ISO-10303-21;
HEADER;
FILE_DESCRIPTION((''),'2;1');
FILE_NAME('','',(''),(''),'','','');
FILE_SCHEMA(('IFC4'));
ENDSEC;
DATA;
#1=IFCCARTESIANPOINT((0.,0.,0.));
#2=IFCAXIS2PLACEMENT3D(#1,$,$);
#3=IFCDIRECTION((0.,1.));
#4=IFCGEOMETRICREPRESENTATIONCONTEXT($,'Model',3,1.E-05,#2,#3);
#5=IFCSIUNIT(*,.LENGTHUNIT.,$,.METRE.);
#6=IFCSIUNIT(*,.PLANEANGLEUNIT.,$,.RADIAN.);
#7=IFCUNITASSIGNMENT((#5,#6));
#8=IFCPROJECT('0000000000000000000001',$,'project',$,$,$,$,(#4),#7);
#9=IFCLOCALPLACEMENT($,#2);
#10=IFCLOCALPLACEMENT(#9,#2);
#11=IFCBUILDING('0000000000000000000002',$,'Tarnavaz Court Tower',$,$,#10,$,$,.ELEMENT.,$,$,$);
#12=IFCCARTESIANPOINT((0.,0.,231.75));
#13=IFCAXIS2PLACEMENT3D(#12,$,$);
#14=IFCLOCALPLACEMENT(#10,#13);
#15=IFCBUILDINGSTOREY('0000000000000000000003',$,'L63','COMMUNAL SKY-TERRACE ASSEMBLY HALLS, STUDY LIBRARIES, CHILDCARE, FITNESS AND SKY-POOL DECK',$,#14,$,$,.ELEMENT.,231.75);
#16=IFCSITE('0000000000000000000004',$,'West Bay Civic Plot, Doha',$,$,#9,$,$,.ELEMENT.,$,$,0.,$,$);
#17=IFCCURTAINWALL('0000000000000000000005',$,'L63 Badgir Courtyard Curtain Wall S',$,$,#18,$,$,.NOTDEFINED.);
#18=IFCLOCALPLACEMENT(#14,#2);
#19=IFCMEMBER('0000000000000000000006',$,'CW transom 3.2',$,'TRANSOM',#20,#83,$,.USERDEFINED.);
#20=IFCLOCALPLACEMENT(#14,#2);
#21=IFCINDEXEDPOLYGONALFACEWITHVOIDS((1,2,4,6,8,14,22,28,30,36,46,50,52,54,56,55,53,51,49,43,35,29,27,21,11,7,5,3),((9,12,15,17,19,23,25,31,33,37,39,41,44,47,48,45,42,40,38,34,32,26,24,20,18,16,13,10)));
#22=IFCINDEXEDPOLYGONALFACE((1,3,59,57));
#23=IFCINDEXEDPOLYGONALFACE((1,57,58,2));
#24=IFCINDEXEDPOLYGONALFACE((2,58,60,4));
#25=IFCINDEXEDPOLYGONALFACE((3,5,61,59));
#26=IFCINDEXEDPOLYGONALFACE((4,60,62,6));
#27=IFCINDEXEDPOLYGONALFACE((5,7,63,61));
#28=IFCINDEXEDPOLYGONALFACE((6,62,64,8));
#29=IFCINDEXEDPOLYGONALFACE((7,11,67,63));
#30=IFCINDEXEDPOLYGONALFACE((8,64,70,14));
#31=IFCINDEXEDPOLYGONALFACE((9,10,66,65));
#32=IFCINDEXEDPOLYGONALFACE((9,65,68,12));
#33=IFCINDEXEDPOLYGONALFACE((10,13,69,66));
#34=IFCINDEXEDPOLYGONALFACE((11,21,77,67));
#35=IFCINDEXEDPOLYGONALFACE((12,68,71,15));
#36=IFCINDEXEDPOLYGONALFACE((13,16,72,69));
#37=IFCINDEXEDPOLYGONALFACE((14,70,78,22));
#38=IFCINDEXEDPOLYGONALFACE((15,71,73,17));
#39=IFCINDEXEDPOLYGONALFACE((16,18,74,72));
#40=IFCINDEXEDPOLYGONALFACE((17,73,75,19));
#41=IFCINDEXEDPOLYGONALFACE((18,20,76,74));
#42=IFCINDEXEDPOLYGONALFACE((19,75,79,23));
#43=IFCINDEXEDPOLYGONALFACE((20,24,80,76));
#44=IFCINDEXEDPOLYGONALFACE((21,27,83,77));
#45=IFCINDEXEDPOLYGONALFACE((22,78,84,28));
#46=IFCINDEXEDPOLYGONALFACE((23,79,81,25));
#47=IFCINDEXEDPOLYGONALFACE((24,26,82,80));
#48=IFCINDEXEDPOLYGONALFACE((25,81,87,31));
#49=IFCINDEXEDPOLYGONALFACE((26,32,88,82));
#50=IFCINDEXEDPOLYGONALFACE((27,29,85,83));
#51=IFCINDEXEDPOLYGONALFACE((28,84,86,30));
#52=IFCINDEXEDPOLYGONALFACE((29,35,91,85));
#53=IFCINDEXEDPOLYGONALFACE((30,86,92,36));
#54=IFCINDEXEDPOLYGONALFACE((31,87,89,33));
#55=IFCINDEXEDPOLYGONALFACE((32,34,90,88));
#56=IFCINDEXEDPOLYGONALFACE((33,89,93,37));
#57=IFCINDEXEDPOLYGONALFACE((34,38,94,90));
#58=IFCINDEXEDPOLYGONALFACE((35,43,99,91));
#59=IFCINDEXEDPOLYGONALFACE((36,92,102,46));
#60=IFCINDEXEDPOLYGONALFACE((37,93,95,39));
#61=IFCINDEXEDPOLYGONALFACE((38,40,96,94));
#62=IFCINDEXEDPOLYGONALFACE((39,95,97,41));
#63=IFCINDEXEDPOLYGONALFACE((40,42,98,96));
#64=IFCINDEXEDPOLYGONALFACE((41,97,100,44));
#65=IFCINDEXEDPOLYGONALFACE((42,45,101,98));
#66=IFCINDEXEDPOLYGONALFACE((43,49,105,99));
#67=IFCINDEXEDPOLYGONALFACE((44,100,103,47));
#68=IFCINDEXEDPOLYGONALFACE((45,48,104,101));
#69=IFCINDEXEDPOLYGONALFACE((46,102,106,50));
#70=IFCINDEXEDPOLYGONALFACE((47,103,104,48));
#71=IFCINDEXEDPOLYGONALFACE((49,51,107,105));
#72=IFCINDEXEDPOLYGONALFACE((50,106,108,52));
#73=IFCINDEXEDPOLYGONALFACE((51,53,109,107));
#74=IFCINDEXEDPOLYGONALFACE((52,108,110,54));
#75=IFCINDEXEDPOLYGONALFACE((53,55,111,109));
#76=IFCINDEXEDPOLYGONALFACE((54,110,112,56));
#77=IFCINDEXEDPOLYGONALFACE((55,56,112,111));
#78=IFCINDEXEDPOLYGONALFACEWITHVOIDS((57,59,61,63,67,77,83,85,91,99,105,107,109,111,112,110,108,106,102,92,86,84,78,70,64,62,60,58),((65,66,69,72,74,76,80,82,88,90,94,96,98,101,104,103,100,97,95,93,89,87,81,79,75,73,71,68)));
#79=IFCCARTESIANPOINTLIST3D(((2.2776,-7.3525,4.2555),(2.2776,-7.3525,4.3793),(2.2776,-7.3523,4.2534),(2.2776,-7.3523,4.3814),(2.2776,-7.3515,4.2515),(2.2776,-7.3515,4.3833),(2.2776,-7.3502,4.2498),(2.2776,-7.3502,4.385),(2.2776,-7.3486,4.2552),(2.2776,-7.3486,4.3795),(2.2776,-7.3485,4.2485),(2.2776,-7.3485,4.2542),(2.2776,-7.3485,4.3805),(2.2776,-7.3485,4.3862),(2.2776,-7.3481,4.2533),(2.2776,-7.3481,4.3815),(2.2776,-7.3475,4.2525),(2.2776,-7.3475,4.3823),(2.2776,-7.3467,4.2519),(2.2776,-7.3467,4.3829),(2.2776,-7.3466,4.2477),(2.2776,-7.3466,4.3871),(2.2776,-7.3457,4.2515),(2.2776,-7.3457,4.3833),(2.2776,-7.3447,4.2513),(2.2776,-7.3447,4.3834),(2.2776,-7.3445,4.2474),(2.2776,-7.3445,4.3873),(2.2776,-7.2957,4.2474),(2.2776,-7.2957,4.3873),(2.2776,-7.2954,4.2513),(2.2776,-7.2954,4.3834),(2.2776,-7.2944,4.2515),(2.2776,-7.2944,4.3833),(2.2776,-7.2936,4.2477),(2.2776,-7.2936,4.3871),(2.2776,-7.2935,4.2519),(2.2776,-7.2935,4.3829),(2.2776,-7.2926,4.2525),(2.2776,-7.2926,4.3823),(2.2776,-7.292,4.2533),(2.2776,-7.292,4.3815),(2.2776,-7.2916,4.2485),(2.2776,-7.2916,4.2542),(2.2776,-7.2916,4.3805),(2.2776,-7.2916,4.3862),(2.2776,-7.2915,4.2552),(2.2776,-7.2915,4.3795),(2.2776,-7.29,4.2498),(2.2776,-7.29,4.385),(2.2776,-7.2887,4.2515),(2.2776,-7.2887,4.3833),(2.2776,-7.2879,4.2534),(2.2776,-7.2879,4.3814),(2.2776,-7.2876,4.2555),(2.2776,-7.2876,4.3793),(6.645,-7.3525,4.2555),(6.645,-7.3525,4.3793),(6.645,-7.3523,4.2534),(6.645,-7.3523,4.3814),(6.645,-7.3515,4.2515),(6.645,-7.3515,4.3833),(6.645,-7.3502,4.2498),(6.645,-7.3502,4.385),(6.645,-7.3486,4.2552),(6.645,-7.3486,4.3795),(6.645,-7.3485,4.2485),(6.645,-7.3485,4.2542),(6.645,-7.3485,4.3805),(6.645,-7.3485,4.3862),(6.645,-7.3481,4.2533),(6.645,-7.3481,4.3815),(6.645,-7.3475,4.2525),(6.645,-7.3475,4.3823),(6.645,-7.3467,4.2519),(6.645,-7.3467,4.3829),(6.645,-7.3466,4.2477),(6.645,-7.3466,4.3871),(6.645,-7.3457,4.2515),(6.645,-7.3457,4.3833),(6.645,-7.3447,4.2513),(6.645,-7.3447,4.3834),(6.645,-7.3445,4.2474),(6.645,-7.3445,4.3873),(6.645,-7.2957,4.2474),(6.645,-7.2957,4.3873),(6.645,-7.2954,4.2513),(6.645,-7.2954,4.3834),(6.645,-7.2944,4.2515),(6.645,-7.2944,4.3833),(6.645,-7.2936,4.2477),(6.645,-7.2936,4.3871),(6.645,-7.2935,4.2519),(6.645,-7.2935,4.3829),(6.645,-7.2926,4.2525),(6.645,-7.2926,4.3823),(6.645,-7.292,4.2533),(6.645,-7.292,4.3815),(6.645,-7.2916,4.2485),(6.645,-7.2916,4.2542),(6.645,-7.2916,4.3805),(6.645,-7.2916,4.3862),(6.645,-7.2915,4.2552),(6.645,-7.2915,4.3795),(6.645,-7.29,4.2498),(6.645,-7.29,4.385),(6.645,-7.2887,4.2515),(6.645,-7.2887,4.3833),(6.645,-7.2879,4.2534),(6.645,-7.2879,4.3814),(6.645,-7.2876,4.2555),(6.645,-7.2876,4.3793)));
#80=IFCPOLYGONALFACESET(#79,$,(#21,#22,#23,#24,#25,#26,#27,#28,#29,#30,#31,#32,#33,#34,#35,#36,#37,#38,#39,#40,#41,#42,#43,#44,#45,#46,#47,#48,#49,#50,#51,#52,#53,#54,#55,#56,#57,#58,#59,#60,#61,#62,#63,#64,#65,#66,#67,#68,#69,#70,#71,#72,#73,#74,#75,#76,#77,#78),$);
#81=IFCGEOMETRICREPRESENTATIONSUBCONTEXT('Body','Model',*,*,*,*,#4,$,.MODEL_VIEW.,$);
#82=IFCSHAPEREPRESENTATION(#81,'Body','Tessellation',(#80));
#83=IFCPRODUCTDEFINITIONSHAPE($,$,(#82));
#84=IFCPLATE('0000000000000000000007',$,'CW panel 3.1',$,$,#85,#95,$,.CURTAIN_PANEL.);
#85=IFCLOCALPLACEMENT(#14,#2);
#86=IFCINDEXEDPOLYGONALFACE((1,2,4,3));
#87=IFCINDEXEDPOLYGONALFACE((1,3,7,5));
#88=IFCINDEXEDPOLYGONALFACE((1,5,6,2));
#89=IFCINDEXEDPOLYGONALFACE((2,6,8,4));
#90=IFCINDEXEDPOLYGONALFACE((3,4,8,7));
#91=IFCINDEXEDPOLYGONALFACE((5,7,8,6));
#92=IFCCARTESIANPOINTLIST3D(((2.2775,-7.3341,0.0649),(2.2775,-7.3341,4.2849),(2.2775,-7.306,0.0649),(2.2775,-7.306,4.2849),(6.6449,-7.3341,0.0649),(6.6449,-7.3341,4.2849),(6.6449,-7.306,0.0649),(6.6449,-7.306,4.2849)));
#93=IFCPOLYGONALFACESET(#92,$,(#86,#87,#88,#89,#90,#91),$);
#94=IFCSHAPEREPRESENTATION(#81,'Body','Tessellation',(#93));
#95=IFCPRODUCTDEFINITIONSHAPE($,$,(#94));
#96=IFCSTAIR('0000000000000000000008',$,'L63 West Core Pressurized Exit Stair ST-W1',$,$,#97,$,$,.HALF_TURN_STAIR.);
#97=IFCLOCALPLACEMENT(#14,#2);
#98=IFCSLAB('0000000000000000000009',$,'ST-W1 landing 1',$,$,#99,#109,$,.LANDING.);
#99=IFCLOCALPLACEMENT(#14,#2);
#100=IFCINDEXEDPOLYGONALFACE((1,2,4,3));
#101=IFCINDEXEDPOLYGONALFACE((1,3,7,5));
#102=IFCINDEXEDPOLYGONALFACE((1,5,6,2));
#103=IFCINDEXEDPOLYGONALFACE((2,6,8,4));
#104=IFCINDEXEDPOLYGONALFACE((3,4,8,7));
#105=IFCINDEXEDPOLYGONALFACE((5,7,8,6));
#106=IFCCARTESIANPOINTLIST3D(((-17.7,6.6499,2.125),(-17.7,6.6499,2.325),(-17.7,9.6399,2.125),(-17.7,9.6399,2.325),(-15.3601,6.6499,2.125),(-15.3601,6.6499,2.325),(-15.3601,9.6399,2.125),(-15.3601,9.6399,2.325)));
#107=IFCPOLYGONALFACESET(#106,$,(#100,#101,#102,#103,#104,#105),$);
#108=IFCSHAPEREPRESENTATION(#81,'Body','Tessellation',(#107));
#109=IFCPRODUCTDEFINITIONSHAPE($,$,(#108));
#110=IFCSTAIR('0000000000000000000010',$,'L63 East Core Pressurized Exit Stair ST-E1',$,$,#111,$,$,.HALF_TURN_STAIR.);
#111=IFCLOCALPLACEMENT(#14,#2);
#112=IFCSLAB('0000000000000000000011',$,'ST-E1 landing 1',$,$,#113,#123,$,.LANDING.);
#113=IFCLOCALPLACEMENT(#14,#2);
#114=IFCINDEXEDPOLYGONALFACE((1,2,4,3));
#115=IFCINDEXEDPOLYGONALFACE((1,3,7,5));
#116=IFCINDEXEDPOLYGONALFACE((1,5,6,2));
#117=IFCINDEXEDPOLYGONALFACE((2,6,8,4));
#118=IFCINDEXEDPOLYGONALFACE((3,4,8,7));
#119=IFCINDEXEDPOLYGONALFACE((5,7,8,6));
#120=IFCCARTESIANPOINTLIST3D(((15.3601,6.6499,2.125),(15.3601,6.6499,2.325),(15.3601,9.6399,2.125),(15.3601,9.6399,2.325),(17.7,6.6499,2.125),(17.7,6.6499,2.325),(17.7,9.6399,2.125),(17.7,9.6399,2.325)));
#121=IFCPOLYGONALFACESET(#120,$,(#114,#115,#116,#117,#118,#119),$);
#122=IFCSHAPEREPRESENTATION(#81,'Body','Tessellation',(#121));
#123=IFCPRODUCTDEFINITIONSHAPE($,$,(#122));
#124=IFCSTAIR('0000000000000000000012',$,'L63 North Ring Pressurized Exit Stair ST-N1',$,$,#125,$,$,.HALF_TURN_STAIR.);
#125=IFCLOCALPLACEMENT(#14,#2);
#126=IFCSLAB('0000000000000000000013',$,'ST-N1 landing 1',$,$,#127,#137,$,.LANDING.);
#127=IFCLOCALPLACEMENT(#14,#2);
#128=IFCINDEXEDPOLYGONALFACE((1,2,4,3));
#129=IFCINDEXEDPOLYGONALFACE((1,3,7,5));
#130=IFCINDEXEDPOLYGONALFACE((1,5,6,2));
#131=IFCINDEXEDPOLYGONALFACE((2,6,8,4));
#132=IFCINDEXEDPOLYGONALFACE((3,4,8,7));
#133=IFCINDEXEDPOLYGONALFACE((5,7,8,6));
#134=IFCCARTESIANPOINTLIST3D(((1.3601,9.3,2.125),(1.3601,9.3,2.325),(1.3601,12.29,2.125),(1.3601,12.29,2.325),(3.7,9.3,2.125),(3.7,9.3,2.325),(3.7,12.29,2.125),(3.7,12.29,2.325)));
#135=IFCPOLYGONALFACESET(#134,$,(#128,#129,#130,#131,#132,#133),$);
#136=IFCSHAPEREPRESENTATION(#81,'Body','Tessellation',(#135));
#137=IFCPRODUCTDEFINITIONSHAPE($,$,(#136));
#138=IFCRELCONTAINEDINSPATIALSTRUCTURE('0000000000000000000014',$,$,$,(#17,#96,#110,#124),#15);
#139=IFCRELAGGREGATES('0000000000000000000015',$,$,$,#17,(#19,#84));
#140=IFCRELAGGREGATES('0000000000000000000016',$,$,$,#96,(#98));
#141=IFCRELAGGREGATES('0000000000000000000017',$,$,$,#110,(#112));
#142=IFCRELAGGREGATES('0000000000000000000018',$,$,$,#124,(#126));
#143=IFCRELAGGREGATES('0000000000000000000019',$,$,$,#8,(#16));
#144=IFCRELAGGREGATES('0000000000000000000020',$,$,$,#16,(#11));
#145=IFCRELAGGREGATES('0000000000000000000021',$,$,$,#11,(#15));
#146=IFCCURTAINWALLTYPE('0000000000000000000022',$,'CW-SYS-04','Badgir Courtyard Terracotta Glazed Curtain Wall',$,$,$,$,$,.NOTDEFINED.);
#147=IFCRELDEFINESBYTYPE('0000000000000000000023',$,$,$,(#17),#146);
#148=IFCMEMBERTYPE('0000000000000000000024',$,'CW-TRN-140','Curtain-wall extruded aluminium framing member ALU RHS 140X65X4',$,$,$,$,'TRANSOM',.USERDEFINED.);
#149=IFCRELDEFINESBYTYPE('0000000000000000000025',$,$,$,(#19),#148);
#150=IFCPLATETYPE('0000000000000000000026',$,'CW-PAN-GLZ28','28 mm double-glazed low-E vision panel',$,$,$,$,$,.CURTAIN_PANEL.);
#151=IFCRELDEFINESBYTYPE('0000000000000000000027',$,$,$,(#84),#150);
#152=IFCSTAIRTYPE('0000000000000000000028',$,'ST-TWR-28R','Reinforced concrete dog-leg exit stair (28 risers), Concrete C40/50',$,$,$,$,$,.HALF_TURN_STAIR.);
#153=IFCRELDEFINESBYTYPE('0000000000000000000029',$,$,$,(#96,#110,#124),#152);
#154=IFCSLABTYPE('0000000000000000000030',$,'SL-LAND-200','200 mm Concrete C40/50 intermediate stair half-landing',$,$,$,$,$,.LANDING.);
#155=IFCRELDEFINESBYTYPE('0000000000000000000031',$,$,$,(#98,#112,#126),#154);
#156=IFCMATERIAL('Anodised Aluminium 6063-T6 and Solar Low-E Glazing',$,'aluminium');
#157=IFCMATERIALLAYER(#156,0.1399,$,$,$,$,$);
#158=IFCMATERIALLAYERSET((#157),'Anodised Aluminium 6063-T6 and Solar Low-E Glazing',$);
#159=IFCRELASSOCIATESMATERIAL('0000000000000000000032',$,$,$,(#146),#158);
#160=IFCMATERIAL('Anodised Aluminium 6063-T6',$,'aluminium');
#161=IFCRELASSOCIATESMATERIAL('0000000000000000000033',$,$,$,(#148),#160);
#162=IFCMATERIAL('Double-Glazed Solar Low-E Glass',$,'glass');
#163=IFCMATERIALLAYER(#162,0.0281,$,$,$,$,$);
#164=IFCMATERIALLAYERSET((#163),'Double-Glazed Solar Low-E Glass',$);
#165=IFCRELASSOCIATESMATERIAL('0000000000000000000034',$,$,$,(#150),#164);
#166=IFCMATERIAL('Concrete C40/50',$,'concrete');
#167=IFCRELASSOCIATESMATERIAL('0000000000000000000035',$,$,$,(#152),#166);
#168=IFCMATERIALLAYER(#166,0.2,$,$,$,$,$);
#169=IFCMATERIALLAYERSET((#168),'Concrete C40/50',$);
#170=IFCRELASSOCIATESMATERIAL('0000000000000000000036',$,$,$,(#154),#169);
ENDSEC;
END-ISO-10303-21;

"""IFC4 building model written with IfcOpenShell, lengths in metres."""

from ifc_helpers import new_model, si_unit, direction, frame, origin, origin_2d, place, context, subcontext, project, spatial, polyline, rectangle, hollow_rectangle, outline, extrude, material, layer, layer_set, material_profile, profile_set, type_object, element, aggregate, save


model = new_model("IFC4")

# Units and contexts
model_context = context("Model", 3, precision=1e-05, world=origin(), true_north=direction((0.0, 1.0)))
body_context = subcontext(model_context, "Body", "Model", "MODEL_VIEW")
ifc_project = project(units=[si_unit("LENGTHUNIT", "METRE"), si_unit("PLANEANGLEUNIT", "RADIAN")], contexts=[model_context])

# Site, building, storey
site_placement = place(None, origin())
site = spatial("IfcSite", under=ifc_project, at=site_placement, Name="West Bay Civic Plot, Doha", CompositionType="ELEMENT", RefElevation=0.0)
building_placement = place(site_placement, origin())
building = spatial("IfcBuilding", under=site, at=building_placement, Name="Tarnavaz Court Tower", CompositionType="ELEMENT")
storey_placement = place(building_placement, frame((0.0, 0.0, 231.75)))
storey = spatial("IfcBuildingStorey", under=building, at=storey_placement, Name="L63", Description="COMMUNAL SKY-TERRACE ASSEMBLY HALLS, STUDY LIBRARIES, CHILDCARE, FITNESS AND SKY-POOL DECK", CompositionType="ELEMENT", Elevation=231.75)

# Curtain wall, member, plate
ifc_material_1 = material(Name="Anodised Aluminium 6063-T6 and Solar Low-E Glazing", Category="aluminium")
ifc_layer_1 = layer(ifc_material_1, 0.1399)
ifc_layer_set_1 = layer_set([ifc_layer_1], Name="Anodised Aluminium 6063-T6 and Solar Low-E Glazing")
curtain_wall_type = type_object("IfcCurtainWallType", Name="CW-SYS-04", Description="Badgir Courtyard Terracotta Glazed Curtain Wall", PredefinedType="NOTDEFINED", material=ifc_layer_set_1)
curtain_wall_placement = place(storey_placement, origin())
curtain_wall = element("IfcCurtainWall", 1, at=curtain_wall_placement, inside=storey, type_object=curtain_wall_type, Name="L63 Badgir Courtyard Curtain Wall S", PredefinedType="NOTDEFINED")
ifc_material_2 = material(Name="Anodised Aluminium 6063-T6", Category="aluminium")
ifc_material_profile_1 = material_profile(ifc_material_2, hollow_rectangle(XDim=0.0649, YDim=0.1399, WallThickness=0.0039, InnerFilletRadius=0.0039, OuterFilletRadius=0.0081, at=origin_2d()), Name="ALU RHS 140X65X4")
ifc_profile_set_1 = profile_set([ifc_material_profile_1], Name="Anodised Aluminium 6063-T6")
member_type_1 = type_object("IfcMemberType", Name="CW-TRN-140", Description="Curtain-wall extruded aluminium framing member ALU RHS 140X65X4", ElementType="TRANSOM", PredefinedType="USERDEFINED", material=ifc_profile_set_1)
member_1_placement = place(storey_placement, frame((2.2776, -7.3201, 4.3174), z_axis=(1.0, 0.0, 0.0), x_axis=(0.0, 1.0, 0.0)))
member_1 = element("IfcMember", 2, at=member_1_placement, type_object=member_type_1, Name="CW transom 3.2", ObjectType="TRANSOM", PredefinedType="USERDEFINED", context=body_context, shape_type="SweptSolid", body=[
    extrude(hollow_rectangle(XDim=0.0649, YDim=0.1399, WallThickness=0.0039, InnerFilletRadius=0.0039, OuterFilletRadius=0.0081, at=origin_2d()), origin(), (0.0, 0.0, 1.0), 4.3674),
])
ifc_material_3 = material(Name="Double-Glazed Solar Low-E Glass", Category="glass")
ifc_layer_2 = layer(ifc_material_3, 0.0281)
ifc_layer_set_2 = layer_set([ifc_layer_2], Name="Double-Glazed Solar Low-E Glass")
plate_type = type_object("IfcPlateType", Name="CW-PAN-GLZ28", Description="28 mm double-glazed low-E vision panel", PredefinedType="CURTAIN_PANEL", material=ifc_layer_set_2)
plate_placement = place(storey_placement, frame((4.4612, -7.3201, 0.0649), z_axis=(0.0, 0.0, 1.0), x_axis=(1.0, 0.0, 0.0)))
plate = element("IfcPlate", 3, at=plate_placement, type_object=plate_type, Name="CW panel 3.1", PredefinedType="CURTAIN_PANEL", context=body_context, shape_type="SweptSolid", body=[
    extrude(rectangle(XDim=4.3674, YDim=0.0281, at=origin_2d()), origin(), (0.0, 0.0, 1.0), 4.22),
])
aggregate(curtain_wall, [member_1, plate])

# Stairs, slabs
ifc_material_4 = material(Name="Concrete C40/50", Category="concrete")
stair_type = type_object("IfcStairType", Name="ST-TWR-28R", Description="Reinforced concrete dog-leg exit stair (28 risers), Concrete C40/50", PredefinedType="HALF_TURN_STAIR", material=ifc_material_4)
stair_1_placement = place(storey_placement, origin())
stair_1 = element("IfcStair", 4, at=stair_1_placement, inside=storey, type_object=stair_type, Name="L63 West Core Pressurized Exit Stair ST-W1", PredefinedType="HALF_TURN_STAIR")
ifc_layer_3 = layer(ifc_material_4, 0.2)
ifc_layer_set_3 = layer_set([ifc_layer_3], Name="Concrete C40/50")
slab_type_1 = type_object("IfcSlabType", Name="SL-LAND-200", Description="200 mm Concrete C40/50 intermediate stair half-landing", PredefinedType="LANDING", material=ifc_layer_set_3)
slab_1_placement = place(storey_placement, frame((0.0, 0.0, 2.125)))
slab_1 = element("IfcSlab", 5, at=slab_1_placement, type_object=slab_type_1, Name="ST-W1 landing 1", PredefinedType="LANDING", context=body_context, shape_type="SweptSolid", body=[
    extrude(outline(polyline([(-15.3601, 9.6399), (-17.7, 9.6399), (-17.7, 6.6499), (-15.3601, 6.6499), (-15.3601, 9.6399)])), origin(), (0.0, 0.0, 1.0), 0.2),
])
aggregate(stair_1, [slab_1])
stair_2_placement = place(storey_placement, origin())
stair_2 = element("IfcStair", 6, at=stair_2_placement, inside=storey, type_object=stair_type, Name="L63 East Core Pressurized Exit Stair ST-E1", PredefinedType="HALF_TURN_STAIR")
slab_2_placement = place(storey_placement, frame((0.0, 0.0, 2.125)))
slab_2 = element("IfcSlab", 7, at=slab_2_placement, type_object=slab_type_1, Name="ST-E1 landing 1", PredefinedType="LANDING", context=body_context, shape_type="SweptSolid", body=[
    extrude(outline(polyline([(15.3601, 6.6499), (17.7, 6.6499), (17.7, 9.6399), (15.3601, 9.6399), (15.3601, 6.6499)])), origin(), (0.0, 0.0, 1.0), 0.2),
])
aggregate(stair_2, [slab_2])
stair_3_placement = place(storey_placement, origin())
stair_3 = element("IfcStair", 8, at=stair_3_placement, inside=storey, type_object=stair_type, Name="L63 North Ring Pressurized Exit Stair ST-N1", PredefinedType="HALF_TURN_STAIR")
slab_3_placement = place(storey_placement, frame((0.0, 0.0, 2.125)))
slab_3 = element("IfcSlab", 9, at=slab_3_placement, type_object=slab_type_1, Name="ST-N1 landing 1", PredefinedType="LANDING", context=body_context, shape_type="SweptSolid", body=[
    extrude(outline(polyline([(1.3601, 9.3), (3.7, 9.3), (3.7, 12.29), (1.3601, 12.29), (1.3601, 9.3)])), origin(), (0.0, 0.0, 1.0), 0.2),
])
aggregate(stair_3, [slab_3])

save(model, "model.ifc")
